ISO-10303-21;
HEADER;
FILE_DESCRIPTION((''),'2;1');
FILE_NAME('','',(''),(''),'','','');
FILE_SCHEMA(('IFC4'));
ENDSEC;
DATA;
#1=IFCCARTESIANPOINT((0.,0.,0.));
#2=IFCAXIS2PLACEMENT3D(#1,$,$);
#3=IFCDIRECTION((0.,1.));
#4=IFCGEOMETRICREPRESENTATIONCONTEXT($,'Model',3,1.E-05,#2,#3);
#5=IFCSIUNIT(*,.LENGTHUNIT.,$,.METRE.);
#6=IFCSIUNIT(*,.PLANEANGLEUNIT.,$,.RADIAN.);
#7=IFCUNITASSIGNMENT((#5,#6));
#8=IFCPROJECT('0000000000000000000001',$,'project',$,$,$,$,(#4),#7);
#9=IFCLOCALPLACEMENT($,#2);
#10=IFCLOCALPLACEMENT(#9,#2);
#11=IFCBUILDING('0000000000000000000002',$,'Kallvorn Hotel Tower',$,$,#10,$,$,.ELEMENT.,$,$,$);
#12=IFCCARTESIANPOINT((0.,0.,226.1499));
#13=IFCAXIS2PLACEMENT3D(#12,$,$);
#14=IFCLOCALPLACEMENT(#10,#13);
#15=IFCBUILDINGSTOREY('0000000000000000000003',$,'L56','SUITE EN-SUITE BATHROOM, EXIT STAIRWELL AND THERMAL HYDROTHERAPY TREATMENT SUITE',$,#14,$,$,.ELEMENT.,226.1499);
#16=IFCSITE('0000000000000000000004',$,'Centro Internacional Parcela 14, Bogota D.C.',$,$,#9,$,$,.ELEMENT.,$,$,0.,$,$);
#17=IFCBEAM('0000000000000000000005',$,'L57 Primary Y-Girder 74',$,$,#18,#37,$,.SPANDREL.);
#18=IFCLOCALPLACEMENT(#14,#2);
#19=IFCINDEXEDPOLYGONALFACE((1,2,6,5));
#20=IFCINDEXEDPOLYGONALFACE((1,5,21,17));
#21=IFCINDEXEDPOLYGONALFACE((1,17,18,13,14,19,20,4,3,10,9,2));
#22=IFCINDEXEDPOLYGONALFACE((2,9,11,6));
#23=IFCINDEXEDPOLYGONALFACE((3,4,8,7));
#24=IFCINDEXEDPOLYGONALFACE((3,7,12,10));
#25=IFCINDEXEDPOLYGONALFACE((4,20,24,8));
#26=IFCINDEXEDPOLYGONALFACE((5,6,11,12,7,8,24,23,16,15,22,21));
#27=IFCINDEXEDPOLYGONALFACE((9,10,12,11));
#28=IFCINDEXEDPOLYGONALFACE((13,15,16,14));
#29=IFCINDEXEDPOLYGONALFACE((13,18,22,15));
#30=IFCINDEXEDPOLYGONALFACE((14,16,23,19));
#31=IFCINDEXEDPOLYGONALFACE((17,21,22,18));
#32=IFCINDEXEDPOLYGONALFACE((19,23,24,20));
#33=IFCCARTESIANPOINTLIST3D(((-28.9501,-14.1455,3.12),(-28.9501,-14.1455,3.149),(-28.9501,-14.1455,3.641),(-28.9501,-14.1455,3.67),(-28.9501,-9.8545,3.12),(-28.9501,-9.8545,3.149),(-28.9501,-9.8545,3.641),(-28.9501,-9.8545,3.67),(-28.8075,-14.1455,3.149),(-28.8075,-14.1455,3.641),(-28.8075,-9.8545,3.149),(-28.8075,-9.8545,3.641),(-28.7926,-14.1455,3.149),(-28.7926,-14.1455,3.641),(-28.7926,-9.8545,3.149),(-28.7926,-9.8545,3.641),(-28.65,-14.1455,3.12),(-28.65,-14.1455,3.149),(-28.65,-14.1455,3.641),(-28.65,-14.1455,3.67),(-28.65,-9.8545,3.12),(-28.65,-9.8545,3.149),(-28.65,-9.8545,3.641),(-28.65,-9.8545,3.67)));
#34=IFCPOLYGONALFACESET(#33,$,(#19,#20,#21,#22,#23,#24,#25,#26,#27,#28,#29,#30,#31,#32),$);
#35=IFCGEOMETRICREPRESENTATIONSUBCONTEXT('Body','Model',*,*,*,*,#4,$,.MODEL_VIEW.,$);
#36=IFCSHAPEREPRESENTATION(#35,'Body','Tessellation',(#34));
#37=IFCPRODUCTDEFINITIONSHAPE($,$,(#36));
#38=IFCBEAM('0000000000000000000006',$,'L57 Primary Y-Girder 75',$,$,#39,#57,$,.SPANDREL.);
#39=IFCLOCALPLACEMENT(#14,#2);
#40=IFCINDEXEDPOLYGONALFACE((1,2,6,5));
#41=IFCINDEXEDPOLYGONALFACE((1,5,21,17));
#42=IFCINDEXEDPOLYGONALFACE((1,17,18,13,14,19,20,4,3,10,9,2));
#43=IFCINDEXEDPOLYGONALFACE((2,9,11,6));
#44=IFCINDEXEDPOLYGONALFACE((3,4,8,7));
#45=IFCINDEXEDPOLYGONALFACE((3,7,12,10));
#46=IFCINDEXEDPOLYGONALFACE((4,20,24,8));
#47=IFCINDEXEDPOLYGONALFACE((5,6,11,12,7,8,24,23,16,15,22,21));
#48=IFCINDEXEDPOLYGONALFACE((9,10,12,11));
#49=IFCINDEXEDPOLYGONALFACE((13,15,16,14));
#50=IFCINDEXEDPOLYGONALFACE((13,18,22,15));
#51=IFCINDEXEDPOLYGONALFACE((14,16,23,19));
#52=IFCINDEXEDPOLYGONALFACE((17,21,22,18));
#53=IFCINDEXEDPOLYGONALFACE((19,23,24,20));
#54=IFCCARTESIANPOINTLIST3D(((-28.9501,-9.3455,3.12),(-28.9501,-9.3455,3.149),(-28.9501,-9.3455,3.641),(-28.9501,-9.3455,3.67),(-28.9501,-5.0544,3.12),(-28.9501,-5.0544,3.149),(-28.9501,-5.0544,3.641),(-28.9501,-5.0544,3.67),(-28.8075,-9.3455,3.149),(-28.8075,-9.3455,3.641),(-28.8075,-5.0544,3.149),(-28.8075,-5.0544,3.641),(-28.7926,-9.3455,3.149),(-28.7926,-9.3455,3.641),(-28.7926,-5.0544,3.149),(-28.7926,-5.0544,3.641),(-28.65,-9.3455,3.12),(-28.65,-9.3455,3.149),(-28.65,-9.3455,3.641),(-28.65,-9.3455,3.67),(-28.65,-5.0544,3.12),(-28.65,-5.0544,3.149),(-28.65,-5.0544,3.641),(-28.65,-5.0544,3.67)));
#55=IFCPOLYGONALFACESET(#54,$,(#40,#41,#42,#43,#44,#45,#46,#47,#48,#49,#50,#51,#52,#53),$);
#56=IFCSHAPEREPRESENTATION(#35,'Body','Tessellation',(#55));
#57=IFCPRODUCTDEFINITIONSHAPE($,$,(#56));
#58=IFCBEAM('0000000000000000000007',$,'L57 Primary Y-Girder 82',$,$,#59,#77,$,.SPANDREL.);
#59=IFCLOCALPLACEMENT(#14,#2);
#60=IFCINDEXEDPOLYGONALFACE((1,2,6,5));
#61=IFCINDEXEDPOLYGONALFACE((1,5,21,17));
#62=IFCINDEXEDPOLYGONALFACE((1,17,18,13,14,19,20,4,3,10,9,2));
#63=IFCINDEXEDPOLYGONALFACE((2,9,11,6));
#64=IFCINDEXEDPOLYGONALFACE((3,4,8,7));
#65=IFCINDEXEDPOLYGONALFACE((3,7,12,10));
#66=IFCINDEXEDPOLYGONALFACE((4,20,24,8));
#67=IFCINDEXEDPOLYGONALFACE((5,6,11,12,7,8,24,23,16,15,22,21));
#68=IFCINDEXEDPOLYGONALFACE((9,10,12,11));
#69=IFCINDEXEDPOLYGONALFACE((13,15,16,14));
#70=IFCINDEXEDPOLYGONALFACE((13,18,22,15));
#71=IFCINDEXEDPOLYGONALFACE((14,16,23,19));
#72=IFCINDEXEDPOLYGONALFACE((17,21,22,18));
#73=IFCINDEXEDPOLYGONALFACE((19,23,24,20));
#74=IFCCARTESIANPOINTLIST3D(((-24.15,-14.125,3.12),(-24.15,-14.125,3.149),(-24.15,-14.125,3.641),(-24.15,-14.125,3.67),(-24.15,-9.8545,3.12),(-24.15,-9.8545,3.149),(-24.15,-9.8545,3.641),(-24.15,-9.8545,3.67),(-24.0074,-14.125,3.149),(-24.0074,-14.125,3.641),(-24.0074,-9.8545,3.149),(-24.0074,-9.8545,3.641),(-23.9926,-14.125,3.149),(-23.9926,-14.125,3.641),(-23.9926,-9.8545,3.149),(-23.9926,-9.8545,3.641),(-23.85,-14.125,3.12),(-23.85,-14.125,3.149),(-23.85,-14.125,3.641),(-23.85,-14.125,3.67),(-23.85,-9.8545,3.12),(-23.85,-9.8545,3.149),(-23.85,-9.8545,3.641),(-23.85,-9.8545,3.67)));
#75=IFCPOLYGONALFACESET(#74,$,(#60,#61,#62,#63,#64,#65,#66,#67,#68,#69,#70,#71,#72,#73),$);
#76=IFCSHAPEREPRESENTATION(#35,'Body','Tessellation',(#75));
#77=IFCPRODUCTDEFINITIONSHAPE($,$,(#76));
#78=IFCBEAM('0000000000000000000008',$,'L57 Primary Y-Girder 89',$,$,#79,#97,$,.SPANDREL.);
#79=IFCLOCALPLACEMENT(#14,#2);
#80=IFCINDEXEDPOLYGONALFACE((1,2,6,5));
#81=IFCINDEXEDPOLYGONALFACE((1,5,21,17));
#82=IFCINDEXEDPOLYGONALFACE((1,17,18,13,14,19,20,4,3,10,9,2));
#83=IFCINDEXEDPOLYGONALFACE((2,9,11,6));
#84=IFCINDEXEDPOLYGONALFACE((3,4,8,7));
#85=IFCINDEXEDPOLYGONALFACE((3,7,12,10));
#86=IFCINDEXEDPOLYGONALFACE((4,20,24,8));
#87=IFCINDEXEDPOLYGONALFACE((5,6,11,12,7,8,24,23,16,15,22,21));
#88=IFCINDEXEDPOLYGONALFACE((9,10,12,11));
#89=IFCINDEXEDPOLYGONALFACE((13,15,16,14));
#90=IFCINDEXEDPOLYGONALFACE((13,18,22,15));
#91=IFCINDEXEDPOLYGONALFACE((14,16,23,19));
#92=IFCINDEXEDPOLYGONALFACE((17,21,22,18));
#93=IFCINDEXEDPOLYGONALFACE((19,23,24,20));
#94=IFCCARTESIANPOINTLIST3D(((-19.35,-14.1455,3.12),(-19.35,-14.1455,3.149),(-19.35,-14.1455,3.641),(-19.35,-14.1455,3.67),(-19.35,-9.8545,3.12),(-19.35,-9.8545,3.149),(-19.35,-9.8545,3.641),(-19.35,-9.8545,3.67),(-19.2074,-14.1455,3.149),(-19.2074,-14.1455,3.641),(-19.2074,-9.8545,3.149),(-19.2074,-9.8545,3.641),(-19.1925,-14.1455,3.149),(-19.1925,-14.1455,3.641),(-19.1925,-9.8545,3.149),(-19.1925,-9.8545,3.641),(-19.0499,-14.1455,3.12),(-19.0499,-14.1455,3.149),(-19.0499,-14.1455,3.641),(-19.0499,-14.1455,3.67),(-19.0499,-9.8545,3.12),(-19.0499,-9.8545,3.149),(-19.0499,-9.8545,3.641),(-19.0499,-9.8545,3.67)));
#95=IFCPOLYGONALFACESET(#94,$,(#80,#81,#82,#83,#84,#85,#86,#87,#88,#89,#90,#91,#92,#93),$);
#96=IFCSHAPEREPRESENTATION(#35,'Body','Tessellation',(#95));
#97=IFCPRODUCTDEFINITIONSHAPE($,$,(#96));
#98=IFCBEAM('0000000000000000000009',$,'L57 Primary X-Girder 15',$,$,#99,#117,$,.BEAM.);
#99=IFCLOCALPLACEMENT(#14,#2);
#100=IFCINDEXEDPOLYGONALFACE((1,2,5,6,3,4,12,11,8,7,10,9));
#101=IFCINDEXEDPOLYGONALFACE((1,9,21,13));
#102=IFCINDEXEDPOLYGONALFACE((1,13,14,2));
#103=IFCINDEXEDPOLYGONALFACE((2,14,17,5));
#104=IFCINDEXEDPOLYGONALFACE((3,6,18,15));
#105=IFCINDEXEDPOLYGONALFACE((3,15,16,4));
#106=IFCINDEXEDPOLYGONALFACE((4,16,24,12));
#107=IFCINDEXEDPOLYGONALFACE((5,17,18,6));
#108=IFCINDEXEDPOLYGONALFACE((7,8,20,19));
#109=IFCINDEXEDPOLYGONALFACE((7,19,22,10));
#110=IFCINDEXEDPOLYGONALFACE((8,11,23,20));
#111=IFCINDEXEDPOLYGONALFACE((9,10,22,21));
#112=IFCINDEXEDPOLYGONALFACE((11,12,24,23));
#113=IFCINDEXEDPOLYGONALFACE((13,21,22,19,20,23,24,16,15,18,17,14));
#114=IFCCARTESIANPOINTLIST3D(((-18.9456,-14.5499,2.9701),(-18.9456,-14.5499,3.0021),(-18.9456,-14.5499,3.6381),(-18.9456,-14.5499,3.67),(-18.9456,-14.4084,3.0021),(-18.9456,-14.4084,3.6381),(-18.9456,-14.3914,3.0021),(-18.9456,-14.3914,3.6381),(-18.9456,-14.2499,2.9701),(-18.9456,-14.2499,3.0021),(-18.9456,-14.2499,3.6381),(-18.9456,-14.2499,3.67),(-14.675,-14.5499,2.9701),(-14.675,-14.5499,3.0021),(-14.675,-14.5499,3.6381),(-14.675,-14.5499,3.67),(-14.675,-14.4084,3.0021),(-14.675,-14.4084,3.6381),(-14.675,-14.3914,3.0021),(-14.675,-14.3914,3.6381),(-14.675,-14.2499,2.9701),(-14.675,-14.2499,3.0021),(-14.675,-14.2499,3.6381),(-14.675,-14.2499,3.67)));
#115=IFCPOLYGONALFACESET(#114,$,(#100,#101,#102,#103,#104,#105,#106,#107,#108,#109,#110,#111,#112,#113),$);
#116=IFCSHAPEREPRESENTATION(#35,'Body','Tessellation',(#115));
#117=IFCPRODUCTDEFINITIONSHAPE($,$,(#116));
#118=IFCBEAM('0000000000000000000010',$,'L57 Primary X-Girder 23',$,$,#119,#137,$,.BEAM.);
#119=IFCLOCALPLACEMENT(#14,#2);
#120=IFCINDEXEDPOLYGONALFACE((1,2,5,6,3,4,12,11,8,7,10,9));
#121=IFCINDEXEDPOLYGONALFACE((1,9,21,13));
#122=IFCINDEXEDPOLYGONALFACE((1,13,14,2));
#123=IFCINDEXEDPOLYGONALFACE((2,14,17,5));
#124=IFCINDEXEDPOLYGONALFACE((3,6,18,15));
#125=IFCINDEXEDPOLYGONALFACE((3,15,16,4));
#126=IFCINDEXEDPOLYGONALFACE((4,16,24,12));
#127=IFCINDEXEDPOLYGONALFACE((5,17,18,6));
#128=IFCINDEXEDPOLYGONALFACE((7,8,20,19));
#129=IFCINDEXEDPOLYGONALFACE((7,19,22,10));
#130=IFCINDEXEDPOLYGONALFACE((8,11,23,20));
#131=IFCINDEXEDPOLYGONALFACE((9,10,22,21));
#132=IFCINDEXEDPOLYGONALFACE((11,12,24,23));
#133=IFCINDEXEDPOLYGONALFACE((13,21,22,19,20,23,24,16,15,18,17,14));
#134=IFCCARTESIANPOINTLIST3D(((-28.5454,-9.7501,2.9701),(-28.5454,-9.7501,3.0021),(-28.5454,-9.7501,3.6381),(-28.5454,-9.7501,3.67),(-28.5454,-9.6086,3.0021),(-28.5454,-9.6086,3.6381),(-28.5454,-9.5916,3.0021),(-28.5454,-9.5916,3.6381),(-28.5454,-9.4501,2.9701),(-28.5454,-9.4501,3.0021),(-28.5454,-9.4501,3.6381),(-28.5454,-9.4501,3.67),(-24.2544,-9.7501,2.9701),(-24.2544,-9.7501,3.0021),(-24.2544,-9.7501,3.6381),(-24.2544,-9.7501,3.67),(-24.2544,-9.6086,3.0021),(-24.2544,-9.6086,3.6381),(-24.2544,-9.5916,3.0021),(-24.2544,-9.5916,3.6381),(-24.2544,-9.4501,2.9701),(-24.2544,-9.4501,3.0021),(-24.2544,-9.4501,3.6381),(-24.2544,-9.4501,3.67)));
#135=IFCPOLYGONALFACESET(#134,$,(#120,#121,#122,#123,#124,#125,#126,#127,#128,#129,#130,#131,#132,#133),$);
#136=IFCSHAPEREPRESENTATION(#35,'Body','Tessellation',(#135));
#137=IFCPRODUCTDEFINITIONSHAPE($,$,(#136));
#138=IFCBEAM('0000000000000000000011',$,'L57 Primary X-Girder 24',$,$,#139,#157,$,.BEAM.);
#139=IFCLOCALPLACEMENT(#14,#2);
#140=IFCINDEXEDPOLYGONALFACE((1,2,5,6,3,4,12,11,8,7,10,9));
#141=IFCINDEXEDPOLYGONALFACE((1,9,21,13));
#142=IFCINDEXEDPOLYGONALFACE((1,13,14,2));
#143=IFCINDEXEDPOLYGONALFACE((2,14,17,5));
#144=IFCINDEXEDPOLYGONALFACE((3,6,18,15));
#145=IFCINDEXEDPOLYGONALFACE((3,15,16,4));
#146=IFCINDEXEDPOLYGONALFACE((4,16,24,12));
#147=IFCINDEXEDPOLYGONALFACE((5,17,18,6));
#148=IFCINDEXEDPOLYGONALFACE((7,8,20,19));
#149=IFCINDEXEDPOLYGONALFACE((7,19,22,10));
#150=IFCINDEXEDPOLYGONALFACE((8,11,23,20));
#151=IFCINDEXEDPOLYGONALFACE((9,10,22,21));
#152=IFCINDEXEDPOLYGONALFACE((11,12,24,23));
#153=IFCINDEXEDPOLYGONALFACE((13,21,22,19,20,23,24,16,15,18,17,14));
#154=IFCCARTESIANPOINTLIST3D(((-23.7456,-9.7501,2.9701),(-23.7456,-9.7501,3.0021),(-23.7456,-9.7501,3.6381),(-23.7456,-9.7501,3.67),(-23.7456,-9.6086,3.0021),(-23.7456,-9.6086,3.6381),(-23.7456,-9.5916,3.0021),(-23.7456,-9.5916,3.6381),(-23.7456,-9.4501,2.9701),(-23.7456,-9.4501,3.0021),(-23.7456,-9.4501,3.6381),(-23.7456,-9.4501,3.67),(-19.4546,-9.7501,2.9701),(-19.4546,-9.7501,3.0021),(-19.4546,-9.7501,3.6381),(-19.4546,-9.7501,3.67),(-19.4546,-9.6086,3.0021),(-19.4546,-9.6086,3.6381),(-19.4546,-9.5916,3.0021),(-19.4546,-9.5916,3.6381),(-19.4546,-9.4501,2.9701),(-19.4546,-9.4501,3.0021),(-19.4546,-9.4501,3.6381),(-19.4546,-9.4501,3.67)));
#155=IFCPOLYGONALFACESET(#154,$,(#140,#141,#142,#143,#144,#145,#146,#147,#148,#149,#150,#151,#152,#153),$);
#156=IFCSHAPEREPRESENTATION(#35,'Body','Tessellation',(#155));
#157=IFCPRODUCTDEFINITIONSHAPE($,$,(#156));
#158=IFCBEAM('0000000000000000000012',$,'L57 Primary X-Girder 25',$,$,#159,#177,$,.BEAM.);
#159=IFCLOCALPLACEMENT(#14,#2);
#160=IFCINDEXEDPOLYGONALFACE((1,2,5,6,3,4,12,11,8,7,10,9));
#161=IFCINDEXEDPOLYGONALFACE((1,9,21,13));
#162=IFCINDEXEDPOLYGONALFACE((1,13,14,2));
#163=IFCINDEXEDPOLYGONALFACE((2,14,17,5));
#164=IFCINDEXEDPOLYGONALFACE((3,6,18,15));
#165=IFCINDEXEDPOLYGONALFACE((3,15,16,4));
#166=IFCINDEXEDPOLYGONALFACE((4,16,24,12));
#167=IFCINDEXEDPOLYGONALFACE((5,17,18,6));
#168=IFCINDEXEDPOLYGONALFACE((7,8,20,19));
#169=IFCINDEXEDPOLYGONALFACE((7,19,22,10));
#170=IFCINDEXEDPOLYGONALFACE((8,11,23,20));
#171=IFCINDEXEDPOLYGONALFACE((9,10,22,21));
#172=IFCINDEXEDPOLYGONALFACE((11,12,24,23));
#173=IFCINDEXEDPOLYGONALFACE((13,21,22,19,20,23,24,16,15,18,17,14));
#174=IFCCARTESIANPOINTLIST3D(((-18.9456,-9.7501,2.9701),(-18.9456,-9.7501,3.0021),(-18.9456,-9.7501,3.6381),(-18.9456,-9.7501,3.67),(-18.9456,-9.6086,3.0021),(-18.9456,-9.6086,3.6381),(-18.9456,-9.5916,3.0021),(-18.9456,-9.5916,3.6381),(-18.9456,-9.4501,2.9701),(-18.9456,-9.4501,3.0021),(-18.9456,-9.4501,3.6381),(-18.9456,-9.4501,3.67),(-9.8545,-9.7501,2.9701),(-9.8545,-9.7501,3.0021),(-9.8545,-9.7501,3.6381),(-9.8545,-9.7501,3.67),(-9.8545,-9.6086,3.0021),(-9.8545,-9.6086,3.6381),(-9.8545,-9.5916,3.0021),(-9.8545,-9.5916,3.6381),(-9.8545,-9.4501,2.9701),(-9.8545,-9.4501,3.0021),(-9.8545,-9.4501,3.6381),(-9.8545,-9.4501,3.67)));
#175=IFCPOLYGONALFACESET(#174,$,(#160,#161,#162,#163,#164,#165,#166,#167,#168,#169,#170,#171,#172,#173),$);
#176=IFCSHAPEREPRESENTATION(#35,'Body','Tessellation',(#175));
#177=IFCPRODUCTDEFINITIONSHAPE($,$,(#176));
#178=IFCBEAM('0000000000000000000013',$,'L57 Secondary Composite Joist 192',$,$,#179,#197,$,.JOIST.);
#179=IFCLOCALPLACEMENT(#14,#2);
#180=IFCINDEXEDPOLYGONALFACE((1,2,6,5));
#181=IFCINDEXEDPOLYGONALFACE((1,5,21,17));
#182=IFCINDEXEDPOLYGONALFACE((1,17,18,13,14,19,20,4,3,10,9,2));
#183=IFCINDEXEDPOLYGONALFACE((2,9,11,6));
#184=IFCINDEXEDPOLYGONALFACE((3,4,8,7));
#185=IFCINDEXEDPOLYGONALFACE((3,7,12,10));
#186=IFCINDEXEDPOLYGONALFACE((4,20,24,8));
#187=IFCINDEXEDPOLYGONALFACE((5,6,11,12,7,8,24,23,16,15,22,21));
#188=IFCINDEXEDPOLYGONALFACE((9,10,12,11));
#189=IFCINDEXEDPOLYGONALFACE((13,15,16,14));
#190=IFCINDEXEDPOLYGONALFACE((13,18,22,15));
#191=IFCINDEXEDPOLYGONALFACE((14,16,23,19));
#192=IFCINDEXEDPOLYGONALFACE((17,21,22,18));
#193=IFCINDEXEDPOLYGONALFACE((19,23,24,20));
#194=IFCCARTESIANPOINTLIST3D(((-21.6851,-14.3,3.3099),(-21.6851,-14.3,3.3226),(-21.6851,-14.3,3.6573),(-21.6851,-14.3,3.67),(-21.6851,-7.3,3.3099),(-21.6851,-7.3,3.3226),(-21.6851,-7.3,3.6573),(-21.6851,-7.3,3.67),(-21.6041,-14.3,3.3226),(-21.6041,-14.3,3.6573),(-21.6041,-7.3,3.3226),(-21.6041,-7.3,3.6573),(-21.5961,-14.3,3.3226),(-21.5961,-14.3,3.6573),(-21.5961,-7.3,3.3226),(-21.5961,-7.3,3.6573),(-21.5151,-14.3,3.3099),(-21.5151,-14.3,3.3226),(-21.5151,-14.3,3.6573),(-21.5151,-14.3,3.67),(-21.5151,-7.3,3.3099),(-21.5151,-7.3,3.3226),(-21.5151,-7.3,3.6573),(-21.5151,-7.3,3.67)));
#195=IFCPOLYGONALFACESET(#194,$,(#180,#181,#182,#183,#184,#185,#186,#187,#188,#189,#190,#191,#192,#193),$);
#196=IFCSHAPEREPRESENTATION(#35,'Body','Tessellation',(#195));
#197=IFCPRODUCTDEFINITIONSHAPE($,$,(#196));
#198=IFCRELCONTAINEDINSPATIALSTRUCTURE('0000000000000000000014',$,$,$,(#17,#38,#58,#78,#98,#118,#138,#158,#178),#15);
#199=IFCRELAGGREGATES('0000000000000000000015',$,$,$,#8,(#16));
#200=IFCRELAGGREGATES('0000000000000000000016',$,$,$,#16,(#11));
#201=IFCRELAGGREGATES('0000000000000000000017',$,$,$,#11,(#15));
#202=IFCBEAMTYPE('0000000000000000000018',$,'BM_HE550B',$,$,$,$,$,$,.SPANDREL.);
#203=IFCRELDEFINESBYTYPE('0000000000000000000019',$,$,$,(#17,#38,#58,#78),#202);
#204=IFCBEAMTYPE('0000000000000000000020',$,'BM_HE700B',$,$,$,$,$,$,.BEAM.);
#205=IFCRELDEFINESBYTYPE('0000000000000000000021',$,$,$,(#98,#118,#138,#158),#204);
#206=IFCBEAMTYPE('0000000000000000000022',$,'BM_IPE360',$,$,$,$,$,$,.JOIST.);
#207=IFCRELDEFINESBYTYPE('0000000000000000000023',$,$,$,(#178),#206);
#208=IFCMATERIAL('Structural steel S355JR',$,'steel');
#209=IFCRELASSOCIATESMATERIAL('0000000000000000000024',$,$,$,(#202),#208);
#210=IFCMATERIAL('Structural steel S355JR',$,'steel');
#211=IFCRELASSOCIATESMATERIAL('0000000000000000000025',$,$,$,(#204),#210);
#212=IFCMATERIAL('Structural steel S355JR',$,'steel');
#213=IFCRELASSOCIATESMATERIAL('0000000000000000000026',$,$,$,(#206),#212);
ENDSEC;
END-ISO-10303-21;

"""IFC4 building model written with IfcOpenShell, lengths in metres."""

from ifc_helpers import new_model, si_unit, direction, frame, origin, origin_2d, place, context, subcontext, project, spatial, i_section, extrude, material, material_profile, profile_set, type_object, element, save


model = new_model("IFC4")

# Units and contexts
model_context = context("Model", 3, precision=1e-05, world=origin(), true_north=direction((0.0, 1.0)))
body_context = subcontext(model_context, "Body", "Model", "MODEL_VIEW")
ifc_project = project(units=[si_unit("LENGTHUNIT", "METRE"), si_unit("PLANEANGLEUNIT", "RADIAN")], contexts=[model_context])

# Site, building, storey
site_placement = place(None, origin())
site = spatial("IfcSite", under=ifc_project, at=site_placement, Name="Centro Internacional Parcela 14, Bogota D.C.", CompositionType="ELEMENT", RefElevation=0.0)
building_placement = place(site_placement, origin())
building = spatial("IfcBuilding", under=site, at=building_placement, Name="Kallvorn Hotel Tower", CompositionType="ELEMENT")
storey_placement = place(building_placement, frame((0.0, 0.0, 226.1499)))
storey = spatial("IfcBuildingStorey", under=building, at=storey_placement, Name="L56", Description="SUITE EN-SUITE BATHROOM, EXIT STAIRWELL AND THERMAL HYDROTHERAPY TREATMENT SUITE", CompositionType="ELEMENT", Elevation=226.1499)

# Beams
ifc_material_1 = material(Name="Structural steel S355JR", Category="steel")
ifc_material_profile_1 = material_profile(ifc_material_1, i_section(OverallWidth=0.3, OverallDepth=0.55, WebThickness=0.0149, FlangeThickness=0.0291, at=origin_2d()), Name="HE 550 B")
ifc_profile_set_1 = profile_set([ifc_material_profile_1], Name="Structural steel S355JR")
beam_type_1 = type_object("IfcBeamType", Name="BM_HE550B", PredefinedType="SPANDREL", material=ifc_profile_set_1)
for number, where, z_axis, x_axis, name in (
    (1, (-28.8, -14.1455, 3.395), (0.0, 1.0, 0.0), (-1.0, 0.0, 0.0), "L57 Primary Y-Girder 74"),
    (2, (-28.8, -9.3455, 3.395), (0.0, 1.0, 0.0), (-1.0, 0.0, 0.0), "L57 Primary Y-Girder 75"),
):
    element("IfcBeam", number, at=place(storey_placement, frame(where, z_axis=z_axis, x_axis=x_axis)), inside=storey, type_object=beam_type_1, Name=name, PredefinedType="SPANDREL", context=body_context, shape_type="SweptSolid", body=[
        extrude(i_section(OverallWidth=0.3, OverallDepth=0.55, WebThickness=0.0149, FlangeThickness=0.0291, at=origin_2d()), origin(), (0.0, 0.0, 1.0), 4.291),
    ])
beam_1_placement = place(storey_placement, frame((-24.0, -14.125, 3.395), z_axis=(0.0, 1.0, 0.0), x_axis=(-1.0, 0.0, 0.0)))
element("IfcBeam", 3, at=beam_1_placement, inside=storey, type_object=beam_type_1, Name="L57 Primary Y-Girder 82", PredefinedType="SPANDREL", context=body_context, shape_type="SweptSolid", body=[
    extrude(i_section(OverallWidth=0.3, OverallDepth=0.55, WebThickness=0.0149, FlangeThickness=0.0291, at=origin_2d()), origin(), (0.0, 0.0, 1.0), 4.2705),
])
beam_2_placement = place(storey_placement, frame((-19.2, -14.1455, 3.395), z_axis=(0.0, 1.0, 0.0), x_axis=(-1.0, 0.0, 0.0)))
element("IfcBeam", 4, at=beam_2_placement, inside=storey, type_object=beam_type_1, Name="L57 Primary Y-Girder 89", PredefinedType="SPANDREL", context=body_context, shape_type="SweptSolid", body=[
    extrude(i_section(OverallWidth=0.3, OverallDepth=0.55, WebThickness=0.0149, FlangeThickness=0.0291, at=origin_2d()), origin(), (0.0, 0.0, 1.0), 4.291),
])
ifc_material_2 = material(Name="Structural steel S355JR", Category="steel")
ifc_material_profile_2 = material_profile(ifc_material_2, i_section(OverallWidth=0.3, OverallDepth=0.7, WebThickness=0.0171, FlangeThickness=0.032, at=origin_2d()), Name="HE 700 B")
ifc_profile_set_2 = profile_set([ifc_material_profile_2], Name="Structural steel S355JR")
beam_type_2 = type_object("IfcBeamType", Name="BM_HE700B", PredefinedType="BEAM", material=ifc_profile_set_2)
beam_3_placement = place(storey_placement, frame((-18.9456, -14.3999, 3.3201), z_axis=(1.0, 0.0, 0.0), x_axis=(0.0, 1.0, 0.0)))
element("IfcBeam", 5, at=beam_3_placement, inside=storey, type_object=beam_type_2, Name="L57 Primary X-Girder 15", PredefinedType="BEAM", context=body_context, shape_type="SweptSolid", body=[
    extrude(i_section(OverallWidth=0.3, OverallDepth=0.7, WebThickness=0.0171, FlangeThickness=0.032, at=origin_2d()), origin(), (0.0, 0.0, 1.0), 4.2705),
])
for number, where, z_axis, x_axis, name in (
    (6, (-28.5454, -9.6001, 3.3201), (1.0, 0.0, 0.0), (0.0, 1.0, 0.0), "L57 Primary X-Girder 23"),
    (7, (-23.7456, -9.6001, 3.3201), (1.0, 0.0, 0.0), (0.0, 1.0, 0.0), "L57 Primary X-Girder 24"),
):
    element("IfcBeam", number, at=place(storey_placement, frame(where, z_axis=z_axis, x_axis=x_axis)), inside=storey, type_object=beam_type_2, Name=name, PredefinedType="BEAM", context=body_context, shape_type="SweptSolid", body=[
        extrude(i_section(OverallWidth=0.3, OverallDepth=0.7, WebThickness=0.0171, FlangeThickness=0.032, at=origin_2d()), origin(), (0.0, 0.0, 1.0), 4.291),
    ])
beam_4_placement = place(storey_placement, frame((-18.9456, -9.6001, 3.3201), z_axis=(1.0, 0.0, 0.0), x_axis=(0.0, 1.0, 0.0)))
element("IfcBeam", 8, at=beam_4_placement, inside=storey, type_object=beam_type_2, Name="L57 Primary X-Girder 25", PredefinedType="BEAM", context=body_context, shape_type="SweptSolid", body=[
    extrude(i_section(OverallWidth=0.3, OverallDepth=0.7, WebThickness=0.0171, FlangeThickness=0.032, at=origin_2d()), origin(), (0.0, 0.0, 1.0), 9.0911),
])
ifc_material_3 = material(Name="Structural steel S355JR", Category="steel")
ifc_material_profile_3 = material_profile(ifc_material_3, i_section(OverallWidth=0.1699, OverallDepth=0.3601, WebThickness=0.0081, FlangeThickness=0.0127, at=origin_2d()), Name="IPE 360")
ifc_profile_set_3 = profile_set([ifc_material_profile_3], Name="Structural steel S355JR")
beam_type_3 = type_object("IfcBeamType", Name="BM_IPE360", PredefinedType="JOIST", material=ifc_profile_set_3)
for number, where, z_axis, x_axis, name in (
    (9, (-21.6001, -14.3, 3.49), (0.0, 1.0, 0.0), (-1.0, 0.0, 0.0), "L57 Secondary Composite Joist 192"),
):
    element("IfcBeam", number, at=place(storey_placement, frame(where, z_axis=z_axis, x_axis=x_axis)), inside=storey, type_object=beam_type_3, Name=name, PredefinedType="JOIST", context=body_context, shape_type="SweptSolid", body=[
        extrude(i_section(OverallWidth=0.1699, OverallDepth=0.3601, WebThickness=0.0081, FlangeThickness=0.0127, at=origin_2d()), origin(), (0.0, 0.0, 1.0), 7.0),
    ])

save(model, "model.ifc")
